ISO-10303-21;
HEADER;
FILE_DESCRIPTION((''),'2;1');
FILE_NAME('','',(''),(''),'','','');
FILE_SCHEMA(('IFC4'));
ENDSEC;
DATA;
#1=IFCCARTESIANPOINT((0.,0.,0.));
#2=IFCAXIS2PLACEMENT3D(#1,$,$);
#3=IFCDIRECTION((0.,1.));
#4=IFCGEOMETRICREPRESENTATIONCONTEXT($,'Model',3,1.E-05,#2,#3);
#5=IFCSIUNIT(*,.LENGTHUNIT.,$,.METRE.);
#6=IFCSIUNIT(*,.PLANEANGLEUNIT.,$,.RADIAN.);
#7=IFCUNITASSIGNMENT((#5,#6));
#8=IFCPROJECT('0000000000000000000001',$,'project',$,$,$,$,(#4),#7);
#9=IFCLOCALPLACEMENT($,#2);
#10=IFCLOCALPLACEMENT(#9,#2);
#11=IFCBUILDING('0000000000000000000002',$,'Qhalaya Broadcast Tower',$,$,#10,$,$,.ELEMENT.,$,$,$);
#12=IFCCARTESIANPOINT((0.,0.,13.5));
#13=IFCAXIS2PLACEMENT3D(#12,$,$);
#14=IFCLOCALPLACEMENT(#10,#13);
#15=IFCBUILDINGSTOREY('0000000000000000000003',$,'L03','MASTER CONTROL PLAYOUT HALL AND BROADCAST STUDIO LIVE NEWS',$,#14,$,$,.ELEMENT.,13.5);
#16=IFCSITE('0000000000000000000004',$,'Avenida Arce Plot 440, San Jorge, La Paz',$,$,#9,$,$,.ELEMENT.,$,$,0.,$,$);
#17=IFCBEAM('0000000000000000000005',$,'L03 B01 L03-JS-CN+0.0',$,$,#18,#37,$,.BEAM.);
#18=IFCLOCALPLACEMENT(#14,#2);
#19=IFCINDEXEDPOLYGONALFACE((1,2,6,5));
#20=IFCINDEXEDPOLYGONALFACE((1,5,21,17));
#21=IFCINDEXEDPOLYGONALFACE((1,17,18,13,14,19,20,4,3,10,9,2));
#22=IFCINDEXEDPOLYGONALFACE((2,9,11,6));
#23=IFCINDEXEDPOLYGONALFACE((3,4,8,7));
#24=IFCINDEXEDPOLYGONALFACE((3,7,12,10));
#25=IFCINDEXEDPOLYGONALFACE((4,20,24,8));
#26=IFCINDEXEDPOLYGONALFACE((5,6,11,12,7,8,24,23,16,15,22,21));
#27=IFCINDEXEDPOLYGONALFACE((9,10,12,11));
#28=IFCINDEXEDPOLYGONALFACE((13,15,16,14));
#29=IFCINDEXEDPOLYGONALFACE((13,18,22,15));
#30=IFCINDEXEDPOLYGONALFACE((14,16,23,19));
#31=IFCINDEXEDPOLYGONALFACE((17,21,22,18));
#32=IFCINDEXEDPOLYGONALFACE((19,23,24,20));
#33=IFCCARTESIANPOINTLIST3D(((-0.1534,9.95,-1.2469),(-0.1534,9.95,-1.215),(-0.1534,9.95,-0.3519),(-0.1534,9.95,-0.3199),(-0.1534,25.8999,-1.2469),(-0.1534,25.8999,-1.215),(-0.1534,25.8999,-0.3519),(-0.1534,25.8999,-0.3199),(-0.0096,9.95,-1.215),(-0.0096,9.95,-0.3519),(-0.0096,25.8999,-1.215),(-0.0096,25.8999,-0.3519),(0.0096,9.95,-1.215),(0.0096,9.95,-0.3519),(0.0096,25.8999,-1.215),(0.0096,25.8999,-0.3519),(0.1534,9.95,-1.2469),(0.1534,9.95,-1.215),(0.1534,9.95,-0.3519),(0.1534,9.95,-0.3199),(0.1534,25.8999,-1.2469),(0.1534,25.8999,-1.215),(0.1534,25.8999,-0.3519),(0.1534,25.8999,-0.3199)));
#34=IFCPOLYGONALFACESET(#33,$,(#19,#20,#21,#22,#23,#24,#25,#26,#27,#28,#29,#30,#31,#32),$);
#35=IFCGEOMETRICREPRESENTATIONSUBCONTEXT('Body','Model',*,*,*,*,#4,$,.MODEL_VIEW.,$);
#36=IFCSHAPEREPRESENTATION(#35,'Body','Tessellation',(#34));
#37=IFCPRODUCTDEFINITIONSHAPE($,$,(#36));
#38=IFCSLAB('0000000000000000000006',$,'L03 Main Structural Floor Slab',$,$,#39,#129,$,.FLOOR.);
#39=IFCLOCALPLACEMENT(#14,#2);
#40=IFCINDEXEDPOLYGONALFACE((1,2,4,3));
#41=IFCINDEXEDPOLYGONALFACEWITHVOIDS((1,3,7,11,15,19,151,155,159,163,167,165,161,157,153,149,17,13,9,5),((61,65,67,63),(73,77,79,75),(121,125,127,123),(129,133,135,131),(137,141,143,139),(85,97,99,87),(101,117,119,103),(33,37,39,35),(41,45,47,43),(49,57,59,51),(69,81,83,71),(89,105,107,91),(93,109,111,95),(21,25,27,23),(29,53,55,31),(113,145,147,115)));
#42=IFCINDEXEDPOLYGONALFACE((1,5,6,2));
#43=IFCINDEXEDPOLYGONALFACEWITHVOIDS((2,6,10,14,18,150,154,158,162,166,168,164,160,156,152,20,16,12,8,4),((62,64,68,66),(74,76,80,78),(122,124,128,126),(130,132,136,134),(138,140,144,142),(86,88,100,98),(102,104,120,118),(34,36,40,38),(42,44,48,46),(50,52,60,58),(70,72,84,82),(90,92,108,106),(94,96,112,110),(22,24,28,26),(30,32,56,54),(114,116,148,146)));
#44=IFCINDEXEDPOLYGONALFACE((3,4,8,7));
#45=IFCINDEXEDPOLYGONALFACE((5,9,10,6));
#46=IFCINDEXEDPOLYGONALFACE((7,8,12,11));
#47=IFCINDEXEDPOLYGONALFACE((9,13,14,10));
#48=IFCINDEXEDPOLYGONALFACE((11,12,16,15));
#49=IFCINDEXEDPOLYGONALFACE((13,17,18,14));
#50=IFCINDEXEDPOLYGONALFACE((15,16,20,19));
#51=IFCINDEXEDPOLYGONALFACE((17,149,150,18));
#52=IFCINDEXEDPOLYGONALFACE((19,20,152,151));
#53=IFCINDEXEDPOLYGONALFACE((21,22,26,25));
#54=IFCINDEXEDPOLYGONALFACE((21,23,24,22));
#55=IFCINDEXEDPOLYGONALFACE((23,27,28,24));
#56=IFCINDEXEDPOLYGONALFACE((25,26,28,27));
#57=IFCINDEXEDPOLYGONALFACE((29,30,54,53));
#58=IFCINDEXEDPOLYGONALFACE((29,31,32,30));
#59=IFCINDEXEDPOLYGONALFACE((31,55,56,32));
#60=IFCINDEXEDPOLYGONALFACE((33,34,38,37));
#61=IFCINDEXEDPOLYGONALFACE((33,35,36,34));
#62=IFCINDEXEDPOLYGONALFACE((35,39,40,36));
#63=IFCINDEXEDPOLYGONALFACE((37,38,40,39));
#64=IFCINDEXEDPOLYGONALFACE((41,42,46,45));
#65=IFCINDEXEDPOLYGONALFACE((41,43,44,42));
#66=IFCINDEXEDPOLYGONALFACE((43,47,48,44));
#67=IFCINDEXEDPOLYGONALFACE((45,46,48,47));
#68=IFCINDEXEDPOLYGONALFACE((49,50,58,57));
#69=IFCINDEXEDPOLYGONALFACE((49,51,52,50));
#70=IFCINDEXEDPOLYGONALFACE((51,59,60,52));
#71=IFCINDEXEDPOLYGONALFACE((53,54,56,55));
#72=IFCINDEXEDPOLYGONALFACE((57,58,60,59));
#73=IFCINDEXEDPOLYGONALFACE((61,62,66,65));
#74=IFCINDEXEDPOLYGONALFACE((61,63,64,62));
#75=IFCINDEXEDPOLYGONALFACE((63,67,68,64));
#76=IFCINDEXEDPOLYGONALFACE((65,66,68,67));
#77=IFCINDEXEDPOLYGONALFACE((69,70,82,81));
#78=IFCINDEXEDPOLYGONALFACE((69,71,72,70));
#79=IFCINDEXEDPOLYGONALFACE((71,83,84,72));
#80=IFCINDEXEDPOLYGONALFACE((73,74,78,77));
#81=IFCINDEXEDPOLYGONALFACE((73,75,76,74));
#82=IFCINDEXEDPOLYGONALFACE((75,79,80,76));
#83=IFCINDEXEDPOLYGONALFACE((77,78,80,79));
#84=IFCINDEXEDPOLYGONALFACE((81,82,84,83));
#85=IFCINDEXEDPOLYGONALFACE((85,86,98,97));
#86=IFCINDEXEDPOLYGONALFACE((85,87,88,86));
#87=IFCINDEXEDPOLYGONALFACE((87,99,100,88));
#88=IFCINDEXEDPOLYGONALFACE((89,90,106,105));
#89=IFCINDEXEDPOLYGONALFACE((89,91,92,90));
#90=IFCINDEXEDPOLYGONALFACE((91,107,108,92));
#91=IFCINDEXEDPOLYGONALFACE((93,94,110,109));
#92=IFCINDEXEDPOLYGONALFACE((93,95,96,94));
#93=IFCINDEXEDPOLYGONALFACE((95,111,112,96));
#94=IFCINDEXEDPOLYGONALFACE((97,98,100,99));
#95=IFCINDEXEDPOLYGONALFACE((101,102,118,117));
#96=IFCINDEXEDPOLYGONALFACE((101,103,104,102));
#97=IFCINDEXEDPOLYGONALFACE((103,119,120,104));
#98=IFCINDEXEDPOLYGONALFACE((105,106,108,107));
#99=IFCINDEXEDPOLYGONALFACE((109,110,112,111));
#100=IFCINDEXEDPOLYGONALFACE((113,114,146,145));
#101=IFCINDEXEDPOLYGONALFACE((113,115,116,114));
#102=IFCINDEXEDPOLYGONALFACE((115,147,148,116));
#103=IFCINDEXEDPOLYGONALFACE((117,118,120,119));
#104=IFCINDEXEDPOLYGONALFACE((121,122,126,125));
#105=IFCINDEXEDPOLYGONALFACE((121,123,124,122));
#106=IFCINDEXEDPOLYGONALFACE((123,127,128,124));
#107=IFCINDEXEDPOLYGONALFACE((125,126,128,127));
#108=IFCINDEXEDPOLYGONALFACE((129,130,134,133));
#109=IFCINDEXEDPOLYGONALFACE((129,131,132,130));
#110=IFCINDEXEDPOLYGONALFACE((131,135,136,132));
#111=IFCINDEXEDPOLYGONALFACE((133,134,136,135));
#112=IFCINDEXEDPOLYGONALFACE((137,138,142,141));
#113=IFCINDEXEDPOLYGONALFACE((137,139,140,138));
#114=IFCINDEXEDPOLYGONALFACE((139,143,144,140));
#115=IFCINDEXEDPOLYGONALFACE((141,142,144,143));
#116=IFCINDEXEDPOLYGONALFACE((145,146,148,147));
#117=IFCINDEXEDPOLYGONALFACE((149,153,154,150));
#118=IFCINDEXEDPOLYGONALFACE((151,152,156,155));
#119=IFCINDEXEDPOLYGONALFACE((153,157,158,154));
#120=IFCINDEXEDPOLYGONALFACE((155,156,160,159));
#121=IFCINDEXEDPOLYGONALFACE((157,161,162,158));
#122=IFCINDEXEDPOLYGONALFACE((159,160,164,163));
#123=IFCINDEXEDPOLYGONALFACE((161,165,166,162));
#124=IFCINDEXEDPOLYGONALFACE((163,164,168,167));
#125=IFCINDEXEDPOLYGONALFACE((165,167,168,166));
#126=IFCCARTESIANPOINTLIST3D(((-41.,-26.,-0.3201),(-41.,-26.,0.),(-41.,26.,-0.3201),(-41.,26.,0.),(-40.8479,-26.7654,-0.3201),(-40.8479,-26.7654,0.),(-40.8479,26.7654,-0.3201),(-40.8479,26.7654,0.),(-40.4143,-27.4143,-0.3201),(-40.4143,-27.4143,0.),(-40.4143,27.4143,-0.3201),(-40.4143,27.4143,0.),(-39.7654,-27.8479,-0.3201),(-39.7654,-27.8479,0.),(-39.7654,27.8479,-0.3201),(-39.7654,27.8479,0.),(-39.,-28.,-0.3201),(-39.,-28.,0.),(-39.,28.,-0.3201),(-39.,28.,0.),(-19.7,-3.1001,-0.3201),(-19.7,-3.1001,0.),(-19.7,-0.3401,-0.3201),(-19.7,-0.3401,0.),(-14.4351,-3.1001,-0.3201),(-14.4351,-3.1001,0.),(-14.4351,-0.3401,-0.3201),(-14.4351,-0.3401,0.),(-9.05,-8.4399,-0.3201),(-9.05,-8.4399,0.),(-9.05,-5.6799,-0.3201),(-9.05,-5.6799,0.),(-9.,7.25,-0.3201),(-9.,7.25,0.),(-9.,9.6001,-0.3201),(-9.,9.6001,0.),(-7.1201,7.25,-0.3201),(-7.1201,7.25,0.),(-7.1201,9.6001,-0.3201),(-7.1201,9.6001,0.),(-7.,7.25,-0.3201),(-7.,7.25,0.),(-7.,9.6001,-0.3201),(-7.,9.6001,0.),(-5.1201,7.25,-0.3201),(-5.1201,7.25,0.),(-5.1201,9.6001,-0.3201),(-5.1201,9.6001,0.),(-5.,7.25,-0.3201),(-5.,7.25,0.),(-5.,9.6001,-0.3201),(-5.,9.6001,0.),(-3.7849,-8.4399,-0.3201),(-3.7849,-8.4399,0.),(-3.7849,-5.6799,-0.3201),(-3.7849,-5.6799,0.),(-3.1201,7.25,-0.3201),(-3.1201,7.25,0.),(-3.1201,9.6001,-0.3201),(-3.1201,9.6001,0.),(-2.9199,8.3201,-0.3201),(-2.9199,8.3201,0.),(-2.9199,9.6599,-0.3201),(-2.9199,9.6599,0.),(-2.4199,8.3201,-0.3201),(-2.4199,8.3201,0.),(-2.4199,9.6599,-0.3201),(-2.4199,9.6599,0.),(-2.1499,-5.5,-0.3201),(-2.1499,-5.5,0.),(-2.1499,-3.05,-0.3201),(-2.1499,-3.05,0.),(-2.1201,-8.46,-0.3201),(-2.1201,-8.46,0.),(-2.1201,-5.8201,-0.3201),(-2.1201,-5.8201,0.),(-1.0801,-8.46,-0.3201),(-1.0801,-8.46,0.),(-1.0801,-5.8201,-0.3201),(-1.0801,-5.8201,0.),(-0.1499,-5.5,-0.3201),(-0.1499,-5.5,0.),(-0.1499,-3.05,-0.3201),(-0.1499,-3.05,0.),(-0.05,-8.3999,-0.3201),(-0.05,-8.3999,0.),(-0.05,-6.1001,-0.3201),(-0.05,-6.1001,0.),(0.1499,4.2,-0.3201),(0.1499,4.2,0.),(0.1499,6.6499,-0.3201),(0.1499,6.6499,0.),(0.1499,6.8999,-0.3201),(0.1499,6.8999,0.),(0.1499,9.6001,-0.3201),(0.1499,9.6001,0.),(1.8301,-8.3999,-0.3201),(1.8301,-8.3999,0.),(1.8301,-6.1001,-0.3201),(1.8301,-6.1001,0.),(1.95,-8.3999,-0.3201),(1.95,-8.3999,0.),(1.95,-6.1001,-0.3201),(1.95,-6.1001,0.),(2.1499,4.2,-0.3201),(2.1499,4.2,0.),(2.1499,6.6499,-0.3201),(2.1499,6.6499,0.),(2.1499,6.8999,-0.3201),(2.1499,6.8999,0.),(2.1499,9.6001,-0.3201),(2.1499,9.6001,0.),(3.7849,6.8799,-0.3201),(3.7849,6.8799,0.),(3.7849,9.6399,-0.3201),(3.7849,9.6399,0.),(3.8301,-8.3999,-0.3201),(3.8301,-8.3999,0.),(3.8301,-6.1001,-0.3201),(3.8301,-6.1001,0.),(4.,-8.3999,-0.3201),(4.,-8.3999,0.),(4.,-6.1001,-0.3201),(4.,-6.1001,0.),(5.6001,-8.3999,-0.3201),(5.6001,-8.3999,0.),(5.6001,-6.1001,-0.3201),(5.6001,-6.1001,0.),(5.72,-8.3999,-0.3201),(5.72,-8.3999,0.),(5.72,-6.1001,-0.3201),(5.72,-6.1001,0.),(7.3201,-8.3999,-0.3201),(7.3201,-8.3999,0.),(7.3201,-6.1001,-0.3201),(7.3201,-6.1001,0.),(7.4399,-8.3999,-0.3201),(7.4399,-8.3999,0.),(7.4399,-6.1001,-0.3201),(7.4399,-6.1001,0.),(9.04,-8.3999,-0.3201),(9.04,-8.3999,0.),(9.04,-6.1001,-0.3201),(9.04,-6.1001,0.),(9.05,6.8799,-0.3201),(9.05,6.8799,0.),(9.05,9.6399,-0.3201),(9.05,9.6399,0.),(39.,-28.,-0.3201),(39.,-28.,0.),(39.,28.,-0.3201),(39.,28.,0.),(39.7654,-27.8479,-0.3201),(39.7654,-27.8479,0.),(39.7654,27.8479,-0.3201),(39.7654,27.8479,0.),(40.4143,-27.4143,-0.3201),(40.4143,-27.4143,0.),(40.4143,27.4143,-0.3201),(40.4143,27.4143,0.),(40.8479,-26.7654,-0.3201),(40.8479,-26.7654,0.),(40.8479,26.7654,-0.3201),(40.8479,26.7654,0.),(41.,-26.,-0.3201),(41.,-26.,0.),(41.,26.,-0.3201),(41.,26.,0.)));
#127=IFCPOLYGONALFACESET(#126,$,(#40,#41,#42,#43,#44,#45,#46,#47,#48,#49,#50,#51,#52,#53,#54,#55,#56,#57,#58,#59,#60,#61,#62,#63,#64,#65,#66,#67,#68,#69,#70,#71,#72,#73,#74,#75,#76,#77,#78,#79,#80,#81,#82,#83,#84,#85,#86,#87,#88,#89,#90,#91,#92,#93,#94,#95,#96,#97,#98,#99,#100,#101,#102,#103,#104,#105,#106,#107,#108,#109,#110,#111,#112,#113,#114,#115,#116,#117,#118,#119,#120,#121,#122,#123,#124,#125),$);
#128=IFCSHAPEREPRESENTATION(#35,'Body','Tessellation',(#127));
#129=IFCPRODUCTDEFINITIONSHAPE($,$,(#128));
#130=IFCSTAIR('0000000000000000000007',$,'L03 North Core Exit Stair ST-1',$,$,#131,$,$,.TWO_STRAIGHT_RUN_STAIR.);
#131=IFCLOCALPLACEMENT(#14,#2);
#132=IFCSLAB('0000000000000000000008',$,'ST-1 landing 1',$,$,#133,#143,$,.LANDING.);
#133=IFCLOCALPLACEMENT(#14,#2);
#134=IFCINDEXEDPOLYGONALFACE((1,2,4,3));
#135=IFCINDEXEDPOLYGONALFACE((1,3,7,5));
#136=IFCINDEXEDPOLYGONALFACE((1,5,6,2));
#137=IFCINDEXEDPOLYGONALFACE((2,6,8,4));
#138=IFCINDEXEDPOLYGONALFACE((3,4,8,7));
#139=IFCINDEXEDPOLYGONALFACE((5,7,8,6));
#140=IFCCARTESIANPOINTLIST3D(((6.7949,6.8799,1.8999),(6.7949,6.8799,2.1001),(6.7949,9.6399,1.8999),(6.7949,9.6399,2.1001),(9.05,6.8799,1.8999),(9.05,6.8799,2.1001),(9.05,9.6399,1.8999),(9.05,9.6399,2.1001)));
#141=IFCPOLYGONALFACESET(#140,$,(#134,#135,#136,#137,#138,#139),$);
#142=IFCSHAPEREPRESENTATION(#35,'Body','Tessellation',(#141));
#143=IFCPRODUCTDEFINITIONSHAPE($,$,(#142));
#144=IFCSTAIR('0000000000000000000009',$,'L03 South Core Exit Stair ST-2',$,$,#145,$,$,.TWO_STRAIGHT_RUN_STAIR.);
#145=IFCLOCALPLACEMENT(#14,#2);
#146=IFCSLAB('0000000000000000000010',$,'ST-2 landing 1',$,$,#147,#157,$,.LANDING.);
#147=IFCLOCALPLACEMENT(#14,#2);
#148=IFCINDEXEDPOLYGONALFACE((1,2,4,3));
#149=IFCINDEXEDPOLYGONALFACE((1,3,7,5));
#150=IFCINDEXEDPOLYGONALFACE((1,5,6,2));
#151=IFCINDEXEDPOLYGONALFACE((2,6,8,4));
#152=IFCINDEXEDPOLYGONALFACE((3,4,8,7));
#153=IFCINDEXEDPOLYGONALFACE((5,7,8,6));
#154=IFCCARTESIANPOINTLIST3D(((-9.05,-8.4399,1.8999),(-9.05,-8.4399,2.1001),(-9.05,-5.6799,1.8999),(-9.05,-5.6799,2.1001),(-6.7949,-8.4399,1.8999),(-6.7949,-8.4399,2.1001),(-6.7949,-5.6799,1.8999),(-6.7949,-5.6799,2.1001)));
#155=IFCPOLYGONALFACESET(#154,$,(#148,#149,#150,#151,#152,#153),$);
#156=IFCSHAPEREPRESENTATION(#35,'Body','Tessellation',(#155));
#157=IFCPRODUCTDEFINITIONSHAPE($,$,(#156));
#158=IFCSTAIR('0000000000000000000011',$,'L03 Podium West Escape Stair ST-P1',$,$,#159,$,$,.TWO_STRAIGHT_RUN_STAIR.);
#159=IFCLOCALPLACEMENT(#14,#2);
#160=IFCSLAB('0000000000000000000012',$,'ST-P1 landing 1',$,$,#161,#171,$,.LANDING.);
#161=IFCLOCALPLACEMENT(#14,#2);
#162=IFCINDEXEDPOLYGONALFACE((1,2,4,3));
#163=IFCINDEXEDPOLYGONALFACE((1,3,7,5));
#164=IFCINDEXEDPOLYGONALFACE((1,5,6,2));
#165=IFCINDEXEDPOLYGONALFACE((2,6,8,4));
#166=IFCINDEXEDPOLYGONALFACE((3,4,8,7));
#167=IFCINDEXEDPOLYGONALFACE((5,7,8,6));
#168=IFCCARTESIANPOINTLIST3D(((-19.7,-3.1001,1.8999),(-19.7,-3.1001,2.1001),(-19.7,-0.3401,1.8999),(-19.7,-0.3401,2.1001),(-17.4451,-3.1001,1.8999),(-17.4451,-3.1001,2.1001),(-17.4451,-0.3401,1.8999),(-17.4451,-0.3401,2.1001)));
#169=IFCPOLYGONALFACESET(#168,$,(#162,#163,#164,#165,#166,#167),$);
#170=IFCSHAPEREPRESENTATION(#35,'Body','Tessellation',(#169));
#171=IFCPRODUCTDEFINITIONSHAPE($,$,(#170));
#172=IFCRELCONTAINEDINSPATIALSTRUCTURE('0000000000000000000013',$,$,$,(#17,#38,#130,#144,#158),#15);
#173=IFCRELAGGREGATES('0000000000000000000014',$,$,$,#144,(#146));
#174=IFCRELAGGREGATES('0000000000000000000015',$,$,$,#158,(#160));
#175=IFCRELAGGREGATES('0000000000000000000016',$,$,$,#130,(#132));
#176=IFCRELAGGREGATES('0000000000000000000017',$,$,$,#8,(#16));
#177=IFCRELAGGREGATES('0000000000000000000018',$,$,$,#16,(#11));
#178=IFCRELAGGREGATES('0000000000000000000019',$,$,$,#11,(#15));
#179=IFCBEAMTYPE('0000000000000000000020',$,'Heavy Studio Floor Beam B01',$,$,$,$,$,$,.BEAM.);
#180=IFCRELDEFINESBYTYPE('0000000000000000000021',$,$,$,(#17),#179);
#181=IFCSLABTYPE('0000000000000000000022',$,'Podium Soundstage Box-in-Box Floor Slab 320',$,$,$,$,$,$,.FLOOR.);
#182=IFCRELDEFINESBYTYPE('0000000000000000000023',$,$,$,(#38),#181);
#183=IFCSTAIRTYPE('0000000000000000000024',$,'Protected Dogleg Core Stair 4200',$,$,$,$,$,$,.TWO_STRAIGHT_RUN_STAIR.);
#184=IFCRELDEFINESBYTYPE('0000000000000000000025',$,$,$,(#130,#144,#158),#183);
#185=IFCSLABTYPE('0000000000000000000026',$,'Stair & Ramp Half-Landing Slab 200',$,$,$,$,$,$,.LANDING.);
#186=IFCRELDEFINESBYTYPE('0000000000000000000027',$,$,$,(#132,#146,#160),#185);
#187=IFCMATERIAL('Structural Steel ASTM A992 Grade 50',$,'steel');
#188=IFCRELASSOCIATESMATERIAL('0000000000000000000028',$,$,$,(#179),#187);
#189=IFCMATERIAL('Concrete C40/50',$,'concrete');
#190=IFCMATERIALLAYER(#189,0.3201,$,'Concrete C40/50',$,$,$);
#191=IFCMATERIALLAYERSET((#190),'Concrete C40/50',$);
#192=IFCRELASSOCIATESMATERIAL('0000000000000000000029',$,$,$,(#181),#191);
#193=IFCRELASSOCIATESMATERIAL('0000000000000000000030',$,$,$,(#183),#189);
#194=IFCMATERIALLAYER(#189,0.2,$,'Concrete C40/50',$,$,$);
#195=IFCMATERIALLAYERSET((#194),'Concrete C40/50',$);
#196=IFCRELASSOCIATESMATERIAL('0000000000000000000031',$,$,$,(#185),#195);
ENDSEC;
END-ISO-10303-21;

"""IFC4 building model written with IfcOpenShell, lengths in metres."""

from ifc_helpers import new_model, si_unit, direction, frame, origin, origin_2d, place, context, subcontext, project, spatial, polyline, i_section, outline, extrude, material, layer, layer_set, material_profile, profile_set, type_object, element, aggregate, save


model = new_model("IFC4")

# Units and contexts
model_context = context("Model", 3, precision=1e-05, world=origin(), true_north=direction((0.0, 1.0)))
body_context = subcontext(model_context, "Body", "Model", "MODEL_VIEW")
ifc_project = project(units=[si_unit("LENGTHUNIT", "METRE"), si_unit("PLANEANGLEUNIT", "RADIAN")], contexts=[model_context])

# Site, building, storey
site_placement = place(None, origin())
site = spatial("IfcSite", under=ifc_project, at=site_placement, Name="Avenida Arce Plot 440, San Jorge, La Paz", CompositionType="ELEMENT", RefElevation=0.0)
building_placement = place(site_placement, origin())
building = spatial("IfcBuilding", under=site, at=building_placement, Name="Qhalaya Broadcast Tower", CompositionType="ELEMENT")
storey_placement = place(building_placement, frame((0.0, 0.0, 13.5)))
storey = spatial("IfcBuildingStorey", under=building, at=storey_placement, Name="L03", Description="MASTER CONTROL PLAYOUT HALL AND BROADCAST STUDIO LIVE NEWS", CompositionType="ELEMENT", Elevation=13.5)

# Beam
ifc_material_1 = material(Name="Structural Steel ASTM A992 Grade 50", Category="steel")
ifc_material_profile = material_profile(ifc_material_1, i_section(OverallWidth=0.3069, OverallDepth=0.927, WebThickness=0.0193, FlangeThickness=0.032, at=origin_2d()), Name="W36X194")
ifc_profile_set = profile_set([ifc_material_profile], Name="Structural Steel ASTM A992 Grade 50")
beam_type = type_object("IfcBeamType", Name="Heavy Studio Floor Beam B01", PredefinedType="BEAM", material=ifc_profile_set)
beam_placement = place(storey_placement, frame((0.0, 9.95, -0.7834), z_axis=(0.0, 1.0, 0.0), x_axis=(-1.0, 0.0, 0.0)))
element("IfcBeam", 1, at=beam_placement, inside=storey, type_object=beam_type, Name="L03 B01 L03-JS-CN+0.0", PredefinedType="BEAM", context=body_context, shape_type="SweptSolid", body=[
    extrude(i_section(OverallWidth=0.3069, OverallDepth=0.927, WebThickness=0.0193, FlangeThickness=0.032, at=origin_2d()), origin(), (0.0, 0.0, 1.0), 15.95),
])

# Slab
ifc_material_2 = material(Name="Concrete C40/50", Category="concrete")
ifc_layer_1 = layer(ifc_material_2, 0.3201, Name="Concrete C40/50")
ifc_layer_set_1 = layer_set([ifc_layer_1], Name="Concrete C40/50")
slab_type_1 = type_object("IfcSlabType", Name="Podium Soundstage Box-in-Box Floor Slab 320", PredefinedType="FLOOR", material=ifc_layer_set_1)
slab_1_placement = place(storey_placement, frame((0.0, 0.0, -0.3201)))
element("IfcSlab", 2, at=slab_1_placement, inside=storey, type_object=slab_type_1, Name="L03 Main Structural Floor Slab", PredefinedType="FLOOR", context=body_context, shape_type="SweptSolid", body=[
    extrude(outline(polyline([(39.0, -28.0), (39.7654, -27.8479), (40.4143, -27.4143), (40.8479, -26.7654), (41.0, -26.0), (41.0, 26.0), (40.8479, 26.7654), (40.4143, 27.4143), (39.7654, 27.8479), (39.0, 28.0), (-39.0, 28.0), (-39.7654, 27.8479), (-40.4143, 27.4143), (-40.8479, 26.7654), (-41.0, 26.0), (-41.0, -26.0), (-40.8479, -26.7654), (-40.4143, -27.4143), (-39.7654, -27.8479), (-39.0, -28.0), (39.0, -28.0)]), holes=[polyline([(3.7849, 9.6399), (9.05, 9.6399), (9.05, 6.8799), (3.7849, 6.8799), (3.7849, 9.6399)]), polyline([(-3.7849, -8.4399), (-9.05, -8.4399), (-9.05, -5.6799), (-3.7849, -5.6799), (-3.7849, -8.4399)]), polyline([(-14.4351, -3.1001), (-19.7, -3.1001), (-19.7, -0.3401), (-14.4351, -0.3401), (-14.4351, -3.1001)]), polyline([(0.1499, 6.6499), (2.1499, 6.6499), (2.1499, 4.2), (0.1499, 4.2), (0.1499, 6.6499)]), polyline([(0.1499, 9.6001), (2.1499, 9.6001), (2.1499, 6.8999), (0.1499, 6.8999), (0.1499, 9.6001)]), polyline([(-2.1499, -3.05), (-0.1499, -3.05), (-0.1499, -5.5), (-2.1499, -5.5), (-2.1499, -3.05)]), polyline([(-9.0, 9.6001), (-7.1201, 9.6001), (-7.1201, 7.25), (-9.0, 7.25), (-9.0, 9.6001)]), polyline([(-7.0, 9.6001), (-5.1201, 9.6001), (-5.1201, 7.25), (-7.0, 7.25), (-7.0, 9.6001)]), polyline([(-5.0, 9.6001), (-3.1201, 9.6001), (-3.1201, 7.25), (-5.0, 7.25), (-5.0, 9.6001)]), polyline([(-0.05, -6.1001), (1.8301, -6.1001), (1.8301, -8.3999), (-0.05, -8.3999), (-0.05, -6.1001)]), polyline([(1.95, -6.1001), (3.8301, -6.1001), (3.8301, -8.3999), (1.95, -8.3999), (1.95, -6.1001)]), polyline([(4.0, -6.1001), (5.6001, -6.1001), (5.6001, -8.3999), (4.0, -8.3999), (4.0, -6.1001)]), polyline([(5.72, -6.1001), (7.3201, -6.1001), (7.3201, -8.3999), (5.72, -8.3999), (5.72, -6.1001)]), polyline([(7.4399, -6.1001), (9.04, -6.1001), (9.04, -8.3999), (7.4399, -8.3999), (7.4399, -6.1001)]), polyline([(-2.9199, 9.6599), (-2.4199, 9.6599), (-2.4199, 8.3201), (-2.9199, 8.3201), (-2.9199, 9.6599)]), polyline([(-2.1201, -5.8201), (-1.0801, -5.8201), (-1.0801, -8.46), (-2.1201, -8.46), (-2.1201, -5.8201)])]), origin(), (0.0, 0.0, 1.0), 0.3201),
])

# Stairs, slabs
stair_type = type_object("IfcStairType", Name="Protected Dogleg Core Stair 4200", PredefinedType="TWO_STRAIGHT_RUN_STAIR", material=ifc_material_2)
stair_1_placement = place(storey_placement, origin())
stair_1 = element("IfcStair", 3, at=stair_1_placement, inside=storey, type_object=stair_type, Name="L03 North Core Exit Stair ST-1", PredefinedType="TWO_STRAIGHT_RUN_STAIR")
ifc_layer_2 = layer(ifc_material_2, 0.2, Name="Concrete C40/50")
ifc_layer_set_2 = layer_set([ifc_layer_2], Name="Concrete C40/50")
slab_type_2 = type_object("IfcSlabType", Name="Stair & Ramp Half-Landing Slab 200", PredefinedType="LANDING", material=ifc_layer_set_2)
slab_2_placement = place(storey_placement, frame((0.0, 0.0, 1.8999)))
slab_2 = element("IfcSlab", 4, at=slab_2_placement, type_object=slab_type_2, Name="ST-1 landing 1", PredefinedType="LANDING", context=body_context, shape_type="SweptSolid", body=[
    extrude(outline(polyline([(6.7949, 6.8799), (9.05, 6.8799), (9.05, 9.6399), (6.7949, 9.6399), (6.7949, 6.8799)])), origin(), (0.0, 0.0, 1.0), 0.2002),
])
stair_2_placement = place(storey_placement, origin())
stair_2 = element("IfcStair", 5, at=stair_2_placement, inside=storey, type_object=stair_type, Name="L03 South Core Exit Stair ST-2", PredefinedType="TWO_STRAIGHT_RUN_STAIR")
slab_3_placement = place(storey_placement, frame((0.0, 0.0, 1.8999)))
slab_3 = element("IfcSlab", 6, at=slab_3_placement, type_object=slab_type_2, Name="ST-2 landing 1", PredefinedType="LANDING", context=body_context, shape_type="SweptSolid", body=[
    extrude(outline(polyline([(-6.7949, -5.6799), (-9.05, -5.6799), (-9.05, -8.4399), (-6.7949, -8.4399), (-6.7949, -5.6799)])), origin(), (0.0, 0.0, 1.0), 0.2002),
])
aggregate(stair_2, [slab_3])
stair_3_placement = place(storey_placement, origin())
stair_3 = element("IfcStair", 7, at=stair_3_placement, inside=storey, type_object=stair_type, Name="L03 Podium West Escape Stair ST-P1", PredefinedType="TWO_STRAIGHT_RUN_STAIR")
slab_4_placement = place(storey_placement, frame((0.0, 0.0, 1.8999)))
slab_4 = element("IfcSlab", 8, at=slab_4_placement, type_object=slab_type_2, Name="ST-P1 landing 1", PredefinedType="LANDING", context=body_context, shape_type="SweptSolid", body=[
    extrude(outline(polyline([(-17.4451, -0.3401), (-19.7, -0.3401), (-19.7, -3.1001), (-17.4451, -3.1001), (-17.4451, -0.3401)])), origin(), (0.0, 0.0, 1.0), 0.2002),
])
aggregate(stair_3, [slab_4])

aggregate(stair_1, [slab_2])

save(model, "model.ifc")
